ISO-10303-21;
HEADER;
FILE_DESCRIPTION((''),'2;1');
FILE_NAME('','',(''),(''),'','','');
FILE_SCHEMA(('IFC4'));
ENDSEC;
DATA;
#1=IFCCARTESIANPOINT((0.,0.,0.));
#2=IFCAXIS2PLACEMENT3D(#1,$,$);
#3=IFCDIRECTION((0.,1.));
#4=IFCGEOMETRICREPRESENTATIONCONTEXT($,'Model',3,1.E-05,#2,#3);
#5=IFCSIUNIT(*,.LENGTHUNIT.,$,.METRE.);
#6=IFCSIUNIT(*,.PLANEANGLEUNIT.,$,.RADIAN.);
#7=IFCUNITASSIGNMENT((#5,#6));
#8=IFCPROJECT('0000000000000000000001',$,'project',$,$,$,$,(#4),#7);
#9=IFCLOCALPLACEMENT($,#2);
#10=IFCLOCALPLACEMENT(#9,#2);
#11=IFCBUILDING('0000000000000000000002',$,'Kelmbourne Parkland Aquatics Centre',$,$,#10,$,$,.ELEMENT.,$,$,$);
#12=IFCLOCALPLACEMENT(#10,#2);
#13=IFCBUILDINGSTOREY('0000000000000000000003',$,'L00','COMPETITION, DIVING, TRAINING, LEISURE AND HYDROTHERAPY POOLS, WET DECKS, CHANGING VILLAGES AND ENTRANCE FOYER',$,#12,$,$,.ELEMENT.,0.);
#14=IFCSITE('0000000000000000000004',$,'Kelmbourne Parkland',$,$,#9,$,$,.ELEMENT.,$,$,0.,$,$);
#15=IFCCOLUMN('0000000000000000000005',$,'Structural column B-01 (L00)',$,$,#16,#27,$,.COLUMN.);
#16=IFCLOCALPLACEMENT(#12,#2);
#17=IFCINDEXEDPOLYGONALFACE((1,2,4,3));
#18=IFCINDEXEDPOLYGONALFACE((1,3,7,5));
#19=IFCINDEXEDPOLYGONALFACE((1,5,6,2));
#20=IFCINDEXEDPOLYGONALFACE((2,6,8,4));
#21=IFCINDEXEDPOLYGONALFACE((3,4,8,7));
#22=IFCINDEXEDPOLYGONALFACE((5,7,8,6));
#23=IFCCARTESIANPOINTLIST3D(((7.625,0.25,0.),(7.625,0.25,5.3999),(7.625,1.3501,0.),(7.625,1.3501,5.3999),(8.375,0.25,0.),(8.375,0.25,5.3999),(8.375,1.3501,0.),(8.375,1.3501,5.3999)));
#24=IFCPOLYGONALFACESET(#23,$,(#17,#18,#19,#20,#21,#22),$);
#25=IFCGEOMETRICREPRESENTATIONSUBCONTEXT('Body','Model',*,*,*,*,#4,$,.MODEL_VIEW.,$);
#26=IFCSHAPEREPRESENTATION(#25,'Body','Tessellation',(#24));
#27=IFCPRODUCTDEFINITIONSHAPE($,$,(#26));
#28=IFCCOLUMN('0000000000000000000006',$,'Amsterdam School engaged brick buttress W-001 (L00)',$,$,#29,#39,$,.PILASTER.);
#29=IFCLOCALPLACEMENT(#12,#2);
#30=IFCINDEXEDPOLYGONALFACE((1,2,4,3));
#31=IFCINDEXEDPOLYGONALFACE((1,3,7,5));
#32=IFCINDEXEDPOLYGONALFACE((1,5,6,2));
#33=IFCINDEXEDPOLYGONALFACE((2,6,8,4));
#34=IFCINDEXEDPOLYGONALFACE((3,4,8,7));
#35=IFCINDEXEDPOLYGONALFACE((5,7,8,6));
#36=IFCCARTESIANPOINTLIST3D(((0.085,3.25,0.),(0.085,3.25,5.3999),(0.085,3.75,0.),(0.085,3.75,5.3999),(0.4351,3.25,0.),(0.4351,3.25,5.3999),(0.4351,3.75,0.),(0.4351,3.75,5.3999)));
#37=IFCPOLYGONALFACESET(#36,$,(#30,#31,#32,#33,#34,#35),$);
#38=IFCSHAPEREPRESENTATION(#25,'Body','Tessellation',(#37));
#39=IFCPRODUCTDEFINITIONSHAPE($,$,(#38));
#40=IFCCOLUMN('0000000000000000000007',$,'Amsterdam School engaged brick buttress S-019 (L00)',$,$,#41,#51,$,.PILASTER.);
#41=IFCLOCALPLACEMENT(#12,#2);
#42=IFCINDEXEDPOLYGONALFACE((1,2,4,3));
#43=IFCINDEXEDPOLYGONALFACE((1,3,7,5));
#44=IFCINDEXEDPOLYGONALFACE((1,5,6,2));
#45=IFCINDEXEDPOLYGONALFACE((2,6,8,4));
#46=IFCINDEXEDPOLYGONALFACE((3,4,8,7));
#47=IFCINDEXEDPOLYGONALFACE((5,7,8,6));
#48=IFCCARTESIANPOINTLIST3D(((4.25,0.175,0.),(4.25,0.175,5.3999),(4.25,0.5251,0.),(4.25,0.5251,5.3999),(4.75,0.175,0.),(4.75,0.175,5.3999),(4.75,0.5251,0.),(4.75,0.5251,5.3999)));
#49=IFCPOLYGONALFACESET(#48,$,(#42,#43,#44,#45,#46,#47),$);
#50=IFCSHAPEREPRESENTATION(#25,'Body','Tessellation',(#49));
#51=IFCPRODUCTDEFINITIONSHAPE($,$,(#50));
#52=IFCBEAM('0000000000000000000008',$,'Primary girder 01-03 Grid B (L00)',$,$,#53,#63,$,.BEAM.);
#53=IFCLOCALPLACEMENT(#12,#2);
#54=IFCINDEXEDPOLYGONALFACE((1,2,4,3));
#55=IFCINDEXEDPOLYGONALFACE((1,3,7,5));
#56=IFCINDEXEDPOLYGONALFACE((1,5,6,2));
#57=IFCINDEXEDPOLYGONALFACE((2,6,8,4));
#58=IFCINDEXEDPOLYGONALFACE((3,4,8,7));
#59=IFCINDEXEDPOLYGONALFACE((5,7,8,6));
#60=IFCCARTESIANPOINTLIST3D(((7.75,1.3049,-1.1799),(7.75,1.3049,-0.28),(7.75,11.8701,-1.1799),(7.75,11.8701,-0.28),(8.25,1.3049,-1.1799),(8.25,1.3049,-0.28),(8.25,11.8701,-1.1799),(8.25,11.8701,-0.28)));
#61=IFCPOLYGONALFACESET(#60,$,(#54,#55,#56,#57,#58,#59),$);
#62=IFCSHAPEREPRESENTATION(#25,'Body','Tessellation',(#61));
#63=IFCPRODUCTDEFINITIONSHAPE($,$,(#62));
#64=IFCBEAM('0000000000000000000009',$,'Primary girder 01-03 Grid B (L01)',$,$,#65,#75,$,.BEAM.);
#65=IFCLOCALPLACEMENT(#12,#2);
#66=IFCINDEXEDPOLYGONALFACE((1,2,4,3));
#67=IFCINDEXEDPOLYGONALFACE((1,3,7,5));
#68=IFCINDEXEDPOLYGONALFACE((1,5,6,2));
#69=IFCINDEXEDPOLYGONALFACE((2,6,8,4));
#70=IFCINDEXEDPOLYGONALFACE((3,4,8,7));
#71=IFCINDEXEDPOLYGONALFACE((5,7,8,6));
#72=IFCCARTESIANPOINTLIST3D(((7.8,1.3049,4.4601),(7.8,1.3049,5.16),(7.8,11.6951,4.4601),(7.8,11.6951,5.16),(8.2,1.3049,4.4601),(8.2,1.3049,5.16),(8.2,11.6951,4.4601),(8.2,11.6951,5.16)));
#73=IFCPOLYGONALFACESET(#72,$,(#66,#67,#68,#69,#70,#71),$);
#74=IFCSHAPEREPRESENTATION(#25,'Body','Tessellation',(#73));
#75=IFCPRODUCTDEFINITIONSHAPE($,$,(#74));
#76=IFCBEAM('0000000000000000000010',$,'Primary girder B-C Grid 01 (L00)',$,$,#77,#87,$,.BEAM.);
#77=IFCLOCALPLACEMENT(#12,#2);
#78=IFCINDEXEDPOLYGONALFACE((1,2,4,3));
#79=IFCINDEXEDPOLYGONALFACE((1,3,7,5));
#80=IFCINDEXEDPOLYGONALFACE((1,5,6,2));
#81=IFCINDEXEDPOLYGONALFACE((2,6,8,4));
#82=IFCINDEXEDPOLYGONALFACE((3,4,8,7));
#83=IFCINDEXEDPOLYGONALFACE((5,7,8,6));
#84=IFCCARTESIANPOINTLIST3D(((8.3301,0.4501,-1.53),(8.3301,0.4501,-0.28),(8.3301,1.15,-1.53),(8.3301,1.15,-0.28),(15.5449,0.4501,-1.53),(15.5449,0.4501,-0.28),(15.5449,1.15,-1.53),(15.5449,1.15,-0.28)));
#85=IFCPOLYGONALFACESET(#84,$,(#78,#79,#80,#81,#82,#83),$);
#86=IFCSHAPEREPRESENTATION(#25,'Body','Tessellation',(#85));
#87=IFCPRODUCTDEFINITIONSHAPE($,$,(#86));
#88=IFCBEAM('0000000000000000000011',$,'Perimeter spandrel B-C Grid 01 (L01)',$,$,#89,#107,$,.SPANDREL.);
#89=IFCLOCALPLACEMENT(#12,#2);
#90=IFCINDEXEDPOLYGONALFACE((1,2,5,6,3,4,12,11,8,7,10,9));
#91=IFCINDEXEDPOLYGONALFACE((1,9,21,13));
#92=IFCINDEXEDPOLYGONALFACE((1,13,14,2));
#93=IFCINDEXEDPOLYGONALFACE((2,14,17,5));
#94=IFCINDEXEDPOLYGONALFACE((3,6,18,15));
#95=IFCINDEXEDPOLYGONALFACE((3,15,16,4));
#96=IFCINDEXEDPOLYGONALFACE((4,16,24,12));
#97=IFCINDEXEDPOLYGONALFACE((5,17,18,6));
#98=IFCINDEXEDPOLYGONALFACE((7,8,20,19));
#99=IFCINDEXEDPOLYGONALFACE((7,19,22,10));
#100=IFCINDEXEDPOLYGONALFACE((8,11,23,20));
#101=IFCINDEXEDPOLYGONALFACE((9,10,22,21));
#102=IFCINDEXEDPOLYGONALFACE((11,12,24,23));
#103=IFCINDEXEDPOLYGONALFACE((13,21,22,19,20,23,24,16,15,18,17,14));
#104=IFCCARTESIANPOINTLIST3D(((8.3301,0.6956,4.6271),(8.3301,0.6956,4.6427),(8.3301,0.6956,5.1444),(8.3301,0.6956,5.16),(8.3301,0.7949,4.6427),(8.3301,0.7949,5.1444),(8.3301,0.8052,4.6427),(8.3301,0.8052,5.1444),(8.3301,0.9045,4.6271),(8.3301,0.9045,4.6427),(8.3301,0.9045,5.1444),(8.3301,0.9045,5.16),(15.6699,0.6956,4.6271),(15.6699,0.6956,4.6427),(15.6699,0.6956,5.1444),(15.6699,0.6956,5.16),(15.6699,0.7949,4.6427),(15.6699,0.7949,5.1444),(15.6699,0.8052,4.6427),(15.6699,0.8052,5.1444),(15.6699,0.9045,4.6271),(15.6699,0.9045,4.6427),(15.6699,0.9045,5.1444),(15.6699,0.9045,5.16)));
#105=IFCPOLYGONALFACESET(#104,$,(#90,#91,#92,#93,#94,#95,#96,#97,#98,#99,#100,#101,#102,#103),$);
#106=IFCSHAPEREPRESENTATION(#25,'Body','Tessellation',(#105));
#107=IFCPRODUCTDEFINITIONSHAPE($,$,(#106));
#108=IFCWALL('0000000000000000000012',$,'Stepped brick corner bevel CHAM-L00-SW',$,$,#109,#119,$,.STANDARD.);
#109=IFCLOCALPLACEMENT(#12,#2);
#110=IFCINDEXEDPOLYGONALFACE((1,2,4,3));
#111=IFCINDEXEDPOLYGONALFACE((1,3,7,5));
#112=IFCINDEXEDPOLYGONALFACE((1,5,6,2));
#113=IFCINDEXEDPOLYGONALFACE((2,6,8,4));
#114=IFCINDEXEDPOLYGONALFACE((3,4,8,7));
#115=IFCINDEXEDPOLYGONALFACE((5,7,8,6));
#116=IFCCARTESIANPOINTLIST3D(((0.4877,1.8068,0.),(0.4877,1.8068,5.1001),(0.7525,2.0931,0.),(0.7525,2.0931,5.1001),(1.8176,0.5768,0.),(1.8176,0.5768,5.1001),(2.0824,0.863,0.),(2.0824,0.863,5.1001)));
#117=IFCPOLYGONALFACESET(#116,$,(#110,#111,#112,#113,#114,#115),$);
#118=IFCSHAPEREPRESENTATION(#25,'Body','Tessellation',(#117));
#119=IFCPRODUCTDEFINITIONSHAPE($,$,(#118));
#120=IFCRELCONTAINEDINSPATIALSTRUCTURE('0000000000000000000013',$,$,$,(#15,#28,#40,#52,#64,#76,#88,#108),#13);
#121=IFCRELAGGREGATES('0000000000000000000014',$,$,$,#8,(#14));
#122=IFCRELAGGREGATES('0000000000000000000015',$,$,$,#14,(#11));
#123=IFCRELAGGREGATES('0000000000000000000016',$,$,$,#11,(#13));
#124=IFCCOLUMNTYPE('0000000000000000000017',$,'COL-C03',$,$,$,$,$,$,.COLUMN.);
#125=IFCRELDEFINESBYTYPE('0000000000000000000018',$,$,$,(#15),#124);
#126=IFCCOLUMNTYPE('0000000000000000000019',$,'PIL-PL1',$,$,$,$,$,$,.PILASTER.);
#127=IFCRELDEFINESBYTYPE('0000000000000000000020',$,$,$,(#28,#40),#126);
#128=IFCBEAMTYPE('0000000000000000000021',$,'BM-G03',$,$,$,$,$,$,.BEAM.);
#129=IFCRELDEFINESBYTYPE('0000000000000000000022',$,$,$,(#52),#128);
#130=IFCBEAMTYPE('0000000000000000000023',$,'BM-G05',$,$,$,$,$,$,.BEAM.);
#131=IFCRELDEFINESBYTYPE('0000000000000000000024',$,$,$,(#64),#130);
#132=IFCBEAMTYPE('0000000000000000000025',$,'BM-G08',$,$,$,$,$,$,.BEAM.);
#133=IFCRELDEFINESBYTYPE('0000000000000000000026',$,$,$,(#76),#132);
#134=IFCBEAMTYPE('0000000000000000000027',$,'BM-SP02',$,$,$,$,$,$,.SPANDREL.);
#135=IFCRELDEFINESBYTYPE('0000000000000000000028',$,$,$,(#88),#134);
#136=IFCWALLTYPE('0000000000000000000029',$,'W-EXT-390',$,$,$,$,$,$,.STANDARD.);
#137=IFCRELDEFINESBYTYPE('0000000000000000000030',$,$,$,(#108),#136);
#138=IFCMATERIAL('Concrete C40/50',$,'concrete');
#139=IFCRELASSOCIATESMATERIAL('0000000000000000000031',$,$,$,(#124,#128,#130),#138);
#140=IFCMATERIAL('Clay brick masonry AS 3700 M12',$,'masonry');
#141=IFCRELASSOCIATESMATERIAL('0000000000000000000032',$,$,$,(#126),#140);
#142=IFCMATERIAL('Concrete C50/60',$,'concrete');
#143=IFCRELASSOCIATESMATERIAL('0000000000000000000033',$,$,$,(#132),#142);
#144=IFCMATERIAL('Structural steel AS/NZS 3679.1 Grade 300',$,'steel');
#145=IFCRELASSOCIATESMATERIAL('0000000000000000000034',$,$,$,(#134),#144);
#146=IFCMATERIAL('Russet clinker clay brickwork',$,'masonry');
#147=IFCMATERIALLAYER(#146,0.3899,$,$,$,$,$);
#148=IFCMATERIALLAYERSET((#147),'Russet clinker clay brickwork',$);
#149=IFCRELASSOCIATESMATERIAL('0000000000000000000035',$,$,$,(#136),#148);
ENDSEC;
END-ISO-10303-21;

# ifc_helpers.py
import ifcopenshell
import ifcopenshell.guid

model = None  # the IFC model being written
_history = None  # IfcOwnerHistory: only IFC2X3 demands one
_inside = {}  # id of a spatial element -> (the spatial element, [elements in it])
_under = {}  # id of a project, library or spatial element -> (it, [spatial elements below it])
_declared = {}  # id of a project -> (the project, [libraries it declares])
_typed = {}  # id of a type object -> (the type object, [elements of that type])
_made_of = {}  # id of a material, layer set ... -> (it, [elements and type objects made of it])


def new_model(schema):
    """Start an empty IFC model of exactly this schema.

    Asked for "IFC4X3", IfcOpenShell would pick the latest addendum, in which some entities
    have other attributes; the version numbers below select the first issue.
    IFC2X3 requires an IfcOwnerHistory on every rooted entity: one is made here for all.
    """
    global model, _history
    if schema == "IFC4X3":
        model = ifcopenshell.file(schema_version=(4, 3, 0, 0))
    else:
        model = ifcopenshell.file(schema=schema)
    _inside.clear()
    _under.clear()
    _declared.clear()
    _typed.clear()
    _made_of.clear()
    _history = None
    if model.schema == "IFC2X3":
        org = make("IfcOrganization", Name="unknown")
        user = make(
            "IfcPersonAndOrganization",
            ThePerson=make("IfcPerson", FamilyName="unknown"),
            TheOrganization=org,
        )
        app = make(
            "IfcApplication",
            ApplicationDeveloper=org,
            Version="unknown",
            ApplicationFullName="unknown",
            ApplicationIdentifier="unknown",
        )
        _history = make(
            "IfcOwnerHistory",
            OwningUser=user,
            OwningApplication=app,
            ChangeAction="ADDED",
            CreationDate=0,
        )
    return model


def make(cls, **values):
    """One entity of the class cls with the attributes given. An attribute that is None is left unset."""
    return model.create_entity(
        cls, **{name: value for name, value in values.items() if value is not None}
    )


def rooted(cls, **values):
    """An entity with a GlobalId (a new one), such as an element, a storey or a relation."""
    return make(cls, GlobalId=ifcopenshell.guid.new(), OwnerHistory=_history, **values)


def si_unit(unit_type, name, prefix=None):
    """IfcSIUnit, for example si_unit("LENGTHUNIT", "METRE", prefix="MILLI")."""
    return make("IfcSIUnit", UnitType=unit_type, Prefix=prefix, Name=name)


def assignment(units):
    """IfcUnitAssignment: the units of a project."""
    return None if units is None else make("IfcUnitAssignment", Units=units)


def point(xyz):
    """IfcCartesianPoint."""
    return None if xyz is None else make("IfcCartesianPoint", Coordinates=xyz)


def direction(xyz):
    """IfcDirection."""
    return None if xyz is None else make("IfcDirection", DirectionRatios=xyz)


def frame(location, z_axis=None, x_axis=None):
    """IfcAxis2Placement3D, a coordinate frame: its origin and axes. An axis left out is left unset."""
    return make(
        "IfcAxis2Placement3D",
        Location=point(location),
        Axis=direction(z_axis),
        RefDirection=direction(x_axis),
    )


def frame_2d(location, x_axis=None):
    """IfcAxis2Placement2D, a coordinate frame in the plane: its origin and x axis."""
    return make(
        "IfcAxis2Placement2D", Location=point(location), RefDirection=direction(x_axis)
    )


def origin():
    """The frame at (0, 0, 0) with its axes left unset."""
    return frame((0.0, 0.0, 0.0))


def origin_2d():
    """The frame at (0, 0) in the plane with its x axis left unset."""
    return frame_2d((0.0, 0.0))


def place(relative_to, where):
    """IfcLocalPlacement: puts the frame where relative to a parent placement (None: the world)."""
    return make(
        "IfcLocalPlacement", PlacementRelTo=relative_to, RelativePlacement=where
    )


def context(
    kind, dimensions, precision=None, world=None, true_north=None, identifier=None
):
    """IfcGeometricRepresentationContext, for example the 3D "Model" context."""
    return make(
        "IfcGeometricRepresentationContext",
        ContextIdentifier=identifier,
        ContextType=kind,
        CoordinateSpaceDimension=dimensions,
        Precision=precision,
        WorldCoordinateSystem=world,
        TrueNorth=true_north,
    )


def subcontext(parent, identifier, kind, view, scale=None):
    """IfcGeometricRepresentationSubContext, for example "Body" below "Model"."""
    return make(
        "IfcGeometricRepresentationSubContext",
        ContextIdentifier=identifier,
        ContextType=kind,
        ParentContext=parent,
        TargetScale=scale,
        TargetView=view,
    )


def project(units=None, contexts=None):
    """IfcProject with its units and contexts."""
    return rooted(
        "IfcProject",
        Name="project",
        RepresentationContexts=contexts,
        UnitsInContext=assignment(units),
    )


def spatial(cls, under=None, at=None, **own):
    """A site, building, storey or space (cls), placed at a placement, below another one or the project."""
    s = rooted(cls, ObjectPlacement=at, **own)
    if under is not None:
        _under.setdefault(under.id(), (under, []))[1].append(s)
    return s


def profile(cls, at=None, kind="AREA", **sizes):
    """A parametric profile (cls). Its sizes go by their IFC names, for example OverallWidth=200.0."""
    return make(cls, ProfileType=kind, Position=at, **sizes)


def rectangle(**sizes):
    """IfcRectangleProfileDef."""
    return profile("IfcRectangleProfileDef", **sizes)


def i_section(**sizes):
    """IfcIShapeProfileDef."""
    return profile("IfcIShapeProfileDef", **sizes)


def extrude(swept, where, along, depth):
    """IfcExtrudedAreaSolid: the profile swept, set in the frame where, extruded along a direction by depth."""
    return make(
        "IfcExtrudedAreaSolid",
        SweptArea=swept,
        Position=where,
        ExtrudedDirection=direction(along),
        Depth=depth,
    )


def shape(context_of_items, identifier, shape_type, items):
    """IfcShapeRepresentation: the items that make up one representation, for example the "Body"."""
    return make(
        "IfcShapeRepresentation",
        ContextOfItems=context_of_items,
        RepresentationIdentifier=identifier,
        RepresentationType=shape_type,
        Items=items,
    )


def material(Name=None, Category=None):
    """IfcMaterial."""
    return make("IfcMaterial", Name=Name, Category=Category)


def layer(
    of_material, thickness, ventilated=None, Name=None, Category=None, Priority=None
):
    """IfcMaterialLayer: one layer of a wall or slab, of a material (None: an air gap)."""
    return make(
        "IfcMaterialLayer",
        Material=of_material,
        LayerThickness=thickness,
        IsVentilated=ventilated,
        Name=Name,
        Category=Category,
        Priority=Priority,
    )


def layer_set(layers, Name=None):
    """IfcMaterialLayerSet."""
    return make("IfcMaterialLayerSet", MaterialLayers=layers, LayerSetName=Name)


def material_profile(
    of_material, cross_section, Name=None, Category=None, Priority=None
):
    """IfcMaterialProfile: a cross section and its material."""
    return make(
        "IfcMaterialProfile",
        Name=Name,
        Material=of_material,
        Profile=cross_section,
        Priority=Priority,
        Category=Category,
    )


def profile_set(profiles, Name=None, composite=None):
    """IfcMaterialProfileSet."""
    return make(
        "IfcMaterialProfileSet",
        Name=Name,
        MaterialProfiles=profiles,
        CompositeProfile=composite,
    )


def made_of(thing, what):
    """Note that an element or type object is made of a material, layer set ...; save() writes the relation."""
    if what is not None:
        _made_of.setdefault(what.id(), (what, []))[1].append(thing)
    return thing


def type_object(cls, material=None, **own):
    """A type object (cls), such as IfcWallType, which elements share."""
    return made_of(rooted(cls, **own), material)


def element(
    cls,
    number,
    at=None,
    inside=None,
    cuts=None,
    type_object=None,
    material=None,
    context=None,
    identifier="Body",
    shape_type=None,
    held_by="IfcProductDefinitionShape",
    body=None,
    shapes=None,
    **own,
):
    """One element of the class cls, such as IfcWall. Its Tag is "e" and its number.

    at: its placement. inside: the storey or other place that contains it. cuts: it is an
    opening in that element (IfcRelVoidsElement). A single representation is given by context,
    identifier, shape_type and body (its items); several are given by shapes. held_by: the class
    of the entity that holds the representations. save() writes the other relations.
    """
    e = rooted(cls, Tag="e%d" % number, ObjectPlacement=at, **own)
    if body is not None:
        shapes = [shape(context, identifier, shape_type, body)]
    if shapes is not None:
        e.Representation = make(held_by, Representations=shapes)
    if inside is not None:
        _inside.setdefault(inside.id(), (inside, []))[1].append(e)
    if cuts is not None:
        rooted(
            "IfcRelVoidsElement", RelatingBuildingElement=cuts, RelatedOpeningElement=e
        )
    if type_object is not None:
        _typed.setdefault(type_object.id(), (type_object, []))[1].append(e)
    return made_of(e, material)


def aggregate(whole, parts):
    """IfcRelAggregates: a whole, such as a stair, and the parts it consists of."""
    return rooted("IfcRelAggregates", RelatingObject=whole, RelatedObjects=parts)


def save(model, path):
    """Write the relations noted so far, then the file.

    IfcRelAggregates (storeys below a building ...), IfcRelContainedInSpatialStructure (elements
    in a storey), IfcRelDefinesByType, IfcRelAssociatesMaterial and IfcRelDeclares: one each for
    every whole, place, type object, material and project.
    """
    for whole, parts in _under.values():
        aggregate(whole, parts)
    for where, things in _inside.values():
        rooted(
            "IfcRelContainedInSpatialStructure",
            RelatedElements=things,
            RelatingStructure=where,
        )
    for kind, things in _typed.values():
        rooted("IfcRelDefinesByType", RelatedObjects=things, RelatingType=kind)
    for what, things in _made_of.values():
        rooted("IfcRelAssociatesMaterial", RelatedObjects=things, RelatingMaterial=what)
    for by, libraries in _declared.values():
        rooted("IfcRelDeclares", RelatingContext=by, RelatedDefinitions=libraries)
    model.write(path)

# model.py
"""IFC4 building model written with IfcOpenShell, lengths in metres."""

from ifc_helpers import new_model, si_unit, direction, frame, frame_2d, origin, origin_2d, place, context, subcontext, project, spatial, rectangle, i_section, extrude, material, layer, layer_set, material_profile, profile_set, type_object, element, save


model = new_model("IFC4")

# Units and contexts
model_context = context("Model", 3, precision=1e-05, world=origin(), true_north=direction((0.0, 1.0)))
body_context = subcontext(model_context, "Body", "Model", "MODEL_VIEW")
ifc_project = project(units=[si_unit("LENGTHUNIT", "METRE"), si_unit("PLANEANGLEUNIT", "RADIAN")], contexts=[model_context])

# Site, building, storey
site_placement = place(None, origin())
site = spatial("IfcSite", under=ifc_project, at=site_placement, Name="Kelmbourne Parkland", CompositionType="ELEMENT", RefElevation=0.0)
building_placement = place(site_placement, origin())
building = spatial("IfcBuilding", under=site, at=building_placement, Name="Kelmbourne Parkland Aquatics Centre", CompositionType="ELEMENT")
storey_placement = place(building_placement, origin())
storey = spatial("IfcBuildingStorey", under=building, at=storey_placement, Name="L00", Description="COMPETITION, DIVING, TRAINING, LEISURE AND HYDROTHERAPY POOLS, WET DECKS, CHANGING VILLAGES AND ENTRANCE FOYER", CompositionType="ELEMENT", Elevation=0.0)

# Columns
ifc_material_1 = material(Name="Concrete C40/50", Category="concrete")
ifc_material_profile_1 = material_profile(ifc_material_1, rectangle(XDim=0.75, YDim=1.1001, at=origin_2d()), Name="RC 750x1100")
ifc_profile_set_1 = profile_set([ifc_material_profile_1], Name="Concrete C40/50")
column_type_1 = type_object("IfcColumnType", Name="COL-C03", PredefinedType="COLUMN", material=ifc_profile_set_1)
column_placement = place(storey_placement, frame((8.0, 0.8, 0.0), z_axis=(0.0, 0.0, 1.0), x_axis=(1.0, 0.0, 0.0)))
element("IfcColumn", 1, at=column_placement, inside=storey, type_object=column_type_1, Name="Structural column B-01 (L00)", PredefinedType="COLUMN", context=body_context, shape_type="SweptSolid", body=[
    extrude(rectangle(XDim=0.75, YDim=1.1001, at=origin_2d()), origin(), (0.0, 0.0, 1.0), 5.3999),
])
ifc_material_2 = material(Name="Clay brick masonry AS 3700 M12", Category="masonry")
ifc_material_profile_2 = material_profile(ifc_material_2, rectangle(XDim=0.3501, YDim=0.5, at=origin_2d()), Name="PIL 350x500")
ifc_profile_set_2 = profile_set([ifc_material_profile_2], Name="Clay brick masonry AS 3700 M12")
column_type_2 = type_object("IfcColumnType", Name="PIL-PL1", PredefinedType="PILASTER", material=ifc_profile_set_2)
for number, where, z_axis, x_axis, name in (
    (2, (0.26, 3.5, 0.0), (0.0, 0.0, 1.0), (1.0, 0.0, 0.0), "Amsterdam School engaged brick buttress W-001 (L00)"),
    (3, (4.5, 0.3501, 0.0), (0.0, 0.0, 1.0), (0.0, 1.0, 0.0), "Amsterdam School engaged brick buttress S-019 (L00)"),
):
    element("IfcColumn", number, at=place(storey_placement, frame(where, z_axis=z_axis, x_axis=x_axis)), inside=storey, type_object=column_type_2, Name=name, PredefinedType="PILASTER", context=body_context, shape_type="SweptSolid", body=[
        extrude(rectangle(XDim=0.3501, YDim=0.5, at=origin_2d()), origin(), (0.0, 0.0, 1.0), 5.3999),
    ])

# Beams
ifc_material_profile_3 = material_profile(ifc_material_1, rectangle(XDim=0.5, YDim=0.8999, at=origin_2d()), Name="RC 500x900")
ifc_profile_set_3 = profile_set([ifc_material_profile_3], Name="Concrete C40/50")
beam_type_1 = type_object("IfcBeamType", Name="BM-G03", PredefinedType="BEAM", material=ifc_profile_set_3)
beam_1_placement = place(storey_placement, frame((8.0, 1.3049, -0.73), z_axis=(0.0, 1.0, 0.0), x_axis=(-1.0, 0.0, 0.0)))
element("IfcBeam", 4, at=beam_1_placement, inside=storey, type_object=beam_type_1, Name="Primary girder 01-03 Grid B (L00)", PredefinedType="BEAM", context=body_context, shape_type="SweptSolid", body=[
    extrude(rectangle(XDim=0.5, YDim=0.8999, at=origin_2d()), origin(), (0.0, 0.0, 1.0), 10.5652),
])
ifc_material_profile_4 = material_profile(ifc_material_1, rectangle(XDim=0.3999, YDim=0.7, at=origin_2d()), Name="RC 400x700")
ifc_profile_set_4 = profile_set([ifc_material_profile_4], Name="Concrete C40/50")
beam_type_2 = type_object("IfcBeamType", Name="BM-G05", PredefinedType="BEAM", material=ifc_profile_set_4)
beam_2_placement = place(storey_placement, frame((8.0, 1.3049, 4.8101), z_axis=(0.0, 1.0, 0.0), x_axis=(-1.0, 0.0, 0.0)))
element("IfcBeam", 5, at=beam_2_placement, inside=storey, type_object=beam_type_2, Name="Primary girder 01-03 Grid B (L01)", PredefinedType="BEAM", context=body_context, shape_type="SweptSolid", body=[
    extrude(rectangle(XDim=0.3999, YDim=0.7, at=origin_2d()), origin(), (0.0, 0.0, 1.0), 10.3901),
])
ifc_material_3 = material(Name="Concrete C50/60", Category="concrete")
ifc_material_profile_5 = material_profile(ifc_material_3, rectangle(XDim=0.7, YDim=1.25, at=origin_2d()), Name="RC 700x1250")
ifc_profile_set_5 = profile_set([ifc_material_profile_5], Name="Concrete C50/60")
beam_type_3 = type_object("IfcBeamType", Name="BM-G08", PredefinedType="BEAM", material=ifc_profile_set_5)
beam_3_placement = place(storey_placement, frame((8.3301, 0.8, -0.905), z_axis=(1.0, 0.0, 0.0), x_axis=(0.0, 1.0, 0.0)))
element("IfcBeam", 6, at=beam_3_placement, inside=storey, type_object=beam_type_3, Name="Primary girder B-C Grid 01 (L00)", PredefinedType="BEAM", context=body_context, shape_type="SweptSolid", body=[
    extrude(rectangle(XDim=0.7, YDim=1.25, at=origin_2d()), origin(), (0.0, 0.0, 1.0), 7.2148),
])
ifc_material_4 = material(Name="Structural steel AS/NZS 3679.1 Grade 300", Category="steel")
ifc_material_profile_6 = material_profile(ifc_material_4, i_section(OverallWidth=0.209, OverallDepth=0.533, WebThickness=0.0103, FlangeThickness=0.0156, at=origin_2d()), Name="530UB92.4")
ifc_profile_set_6 = profile_set([ifc_material_profile_6], Name="Structural steel AS/NZS 3679.1 Grade 300")
beam_type_4 = type_object("IfcBeamType", Name="BM-SP02", PredefinedType="SPANDREL", material=ifc_profile_set_6)
beam_4_placement = place(storey_placement, frame((8.3301, 0.8, 4.8936), z_axis=(1.0, 0.0, 0.0), x_axis=(0.0, 1.0, 0.0)))
element("IfcBeam", 7, at=beam_4_placement, inside=storey, type_object=beam_type_4, Name="Perimeter spandrel B-C Grid 01 (L01)", PredefinedType="SPANDREL", context=body_context, shape_type="SweptSolid", body=[
    extrude(i_section(OverallWidth=0.209, OverallDepth=0.533, WebThickness=0.0103, FlangeThickness=0.0156, at=origin_2d()), origin(), (0.0, 0.0, 1.0), 7.3398),
])

# Wall
ifc_material_5 = material(Name="Russet clinker clay brickwork", Category="masonry")
ifc_layer_1 = layer(ifc_material_5, 0.3899)
ifc_layer_set_1 = layer_set([ifc_layer_1], Name="Russet clinker clay brickwork")
wall_type_1 = type_object("IfcWallType", Name="W-EXT-390", PredefinedType="STANDARD", material=ifc_layer_set_1)
wall_1_placement = place(storey_placement, frame((0.6201, 1.95, 0.0), z_axis=(0.0, 0.0, 1.0), x_axis=(0.734131, -0.679007, 0.0)))
element("IfcWall", 8, at=wall_1_placement, inside=storey, type_object=wall_type_1, Name="Stepped brick corner bevel CHAM-L00-SW", PredefinedType="STANDARD", context=body_context, shape_type="SweptSolid", body=[
    extrude(rectangle(XDim=1.8115, YDim=0.3899, at=frame_2d((0.9058, 0.0))), origin(), (0.0, 0.0, 1.0), 5.1001),
])

save(model, "model.ifc")
